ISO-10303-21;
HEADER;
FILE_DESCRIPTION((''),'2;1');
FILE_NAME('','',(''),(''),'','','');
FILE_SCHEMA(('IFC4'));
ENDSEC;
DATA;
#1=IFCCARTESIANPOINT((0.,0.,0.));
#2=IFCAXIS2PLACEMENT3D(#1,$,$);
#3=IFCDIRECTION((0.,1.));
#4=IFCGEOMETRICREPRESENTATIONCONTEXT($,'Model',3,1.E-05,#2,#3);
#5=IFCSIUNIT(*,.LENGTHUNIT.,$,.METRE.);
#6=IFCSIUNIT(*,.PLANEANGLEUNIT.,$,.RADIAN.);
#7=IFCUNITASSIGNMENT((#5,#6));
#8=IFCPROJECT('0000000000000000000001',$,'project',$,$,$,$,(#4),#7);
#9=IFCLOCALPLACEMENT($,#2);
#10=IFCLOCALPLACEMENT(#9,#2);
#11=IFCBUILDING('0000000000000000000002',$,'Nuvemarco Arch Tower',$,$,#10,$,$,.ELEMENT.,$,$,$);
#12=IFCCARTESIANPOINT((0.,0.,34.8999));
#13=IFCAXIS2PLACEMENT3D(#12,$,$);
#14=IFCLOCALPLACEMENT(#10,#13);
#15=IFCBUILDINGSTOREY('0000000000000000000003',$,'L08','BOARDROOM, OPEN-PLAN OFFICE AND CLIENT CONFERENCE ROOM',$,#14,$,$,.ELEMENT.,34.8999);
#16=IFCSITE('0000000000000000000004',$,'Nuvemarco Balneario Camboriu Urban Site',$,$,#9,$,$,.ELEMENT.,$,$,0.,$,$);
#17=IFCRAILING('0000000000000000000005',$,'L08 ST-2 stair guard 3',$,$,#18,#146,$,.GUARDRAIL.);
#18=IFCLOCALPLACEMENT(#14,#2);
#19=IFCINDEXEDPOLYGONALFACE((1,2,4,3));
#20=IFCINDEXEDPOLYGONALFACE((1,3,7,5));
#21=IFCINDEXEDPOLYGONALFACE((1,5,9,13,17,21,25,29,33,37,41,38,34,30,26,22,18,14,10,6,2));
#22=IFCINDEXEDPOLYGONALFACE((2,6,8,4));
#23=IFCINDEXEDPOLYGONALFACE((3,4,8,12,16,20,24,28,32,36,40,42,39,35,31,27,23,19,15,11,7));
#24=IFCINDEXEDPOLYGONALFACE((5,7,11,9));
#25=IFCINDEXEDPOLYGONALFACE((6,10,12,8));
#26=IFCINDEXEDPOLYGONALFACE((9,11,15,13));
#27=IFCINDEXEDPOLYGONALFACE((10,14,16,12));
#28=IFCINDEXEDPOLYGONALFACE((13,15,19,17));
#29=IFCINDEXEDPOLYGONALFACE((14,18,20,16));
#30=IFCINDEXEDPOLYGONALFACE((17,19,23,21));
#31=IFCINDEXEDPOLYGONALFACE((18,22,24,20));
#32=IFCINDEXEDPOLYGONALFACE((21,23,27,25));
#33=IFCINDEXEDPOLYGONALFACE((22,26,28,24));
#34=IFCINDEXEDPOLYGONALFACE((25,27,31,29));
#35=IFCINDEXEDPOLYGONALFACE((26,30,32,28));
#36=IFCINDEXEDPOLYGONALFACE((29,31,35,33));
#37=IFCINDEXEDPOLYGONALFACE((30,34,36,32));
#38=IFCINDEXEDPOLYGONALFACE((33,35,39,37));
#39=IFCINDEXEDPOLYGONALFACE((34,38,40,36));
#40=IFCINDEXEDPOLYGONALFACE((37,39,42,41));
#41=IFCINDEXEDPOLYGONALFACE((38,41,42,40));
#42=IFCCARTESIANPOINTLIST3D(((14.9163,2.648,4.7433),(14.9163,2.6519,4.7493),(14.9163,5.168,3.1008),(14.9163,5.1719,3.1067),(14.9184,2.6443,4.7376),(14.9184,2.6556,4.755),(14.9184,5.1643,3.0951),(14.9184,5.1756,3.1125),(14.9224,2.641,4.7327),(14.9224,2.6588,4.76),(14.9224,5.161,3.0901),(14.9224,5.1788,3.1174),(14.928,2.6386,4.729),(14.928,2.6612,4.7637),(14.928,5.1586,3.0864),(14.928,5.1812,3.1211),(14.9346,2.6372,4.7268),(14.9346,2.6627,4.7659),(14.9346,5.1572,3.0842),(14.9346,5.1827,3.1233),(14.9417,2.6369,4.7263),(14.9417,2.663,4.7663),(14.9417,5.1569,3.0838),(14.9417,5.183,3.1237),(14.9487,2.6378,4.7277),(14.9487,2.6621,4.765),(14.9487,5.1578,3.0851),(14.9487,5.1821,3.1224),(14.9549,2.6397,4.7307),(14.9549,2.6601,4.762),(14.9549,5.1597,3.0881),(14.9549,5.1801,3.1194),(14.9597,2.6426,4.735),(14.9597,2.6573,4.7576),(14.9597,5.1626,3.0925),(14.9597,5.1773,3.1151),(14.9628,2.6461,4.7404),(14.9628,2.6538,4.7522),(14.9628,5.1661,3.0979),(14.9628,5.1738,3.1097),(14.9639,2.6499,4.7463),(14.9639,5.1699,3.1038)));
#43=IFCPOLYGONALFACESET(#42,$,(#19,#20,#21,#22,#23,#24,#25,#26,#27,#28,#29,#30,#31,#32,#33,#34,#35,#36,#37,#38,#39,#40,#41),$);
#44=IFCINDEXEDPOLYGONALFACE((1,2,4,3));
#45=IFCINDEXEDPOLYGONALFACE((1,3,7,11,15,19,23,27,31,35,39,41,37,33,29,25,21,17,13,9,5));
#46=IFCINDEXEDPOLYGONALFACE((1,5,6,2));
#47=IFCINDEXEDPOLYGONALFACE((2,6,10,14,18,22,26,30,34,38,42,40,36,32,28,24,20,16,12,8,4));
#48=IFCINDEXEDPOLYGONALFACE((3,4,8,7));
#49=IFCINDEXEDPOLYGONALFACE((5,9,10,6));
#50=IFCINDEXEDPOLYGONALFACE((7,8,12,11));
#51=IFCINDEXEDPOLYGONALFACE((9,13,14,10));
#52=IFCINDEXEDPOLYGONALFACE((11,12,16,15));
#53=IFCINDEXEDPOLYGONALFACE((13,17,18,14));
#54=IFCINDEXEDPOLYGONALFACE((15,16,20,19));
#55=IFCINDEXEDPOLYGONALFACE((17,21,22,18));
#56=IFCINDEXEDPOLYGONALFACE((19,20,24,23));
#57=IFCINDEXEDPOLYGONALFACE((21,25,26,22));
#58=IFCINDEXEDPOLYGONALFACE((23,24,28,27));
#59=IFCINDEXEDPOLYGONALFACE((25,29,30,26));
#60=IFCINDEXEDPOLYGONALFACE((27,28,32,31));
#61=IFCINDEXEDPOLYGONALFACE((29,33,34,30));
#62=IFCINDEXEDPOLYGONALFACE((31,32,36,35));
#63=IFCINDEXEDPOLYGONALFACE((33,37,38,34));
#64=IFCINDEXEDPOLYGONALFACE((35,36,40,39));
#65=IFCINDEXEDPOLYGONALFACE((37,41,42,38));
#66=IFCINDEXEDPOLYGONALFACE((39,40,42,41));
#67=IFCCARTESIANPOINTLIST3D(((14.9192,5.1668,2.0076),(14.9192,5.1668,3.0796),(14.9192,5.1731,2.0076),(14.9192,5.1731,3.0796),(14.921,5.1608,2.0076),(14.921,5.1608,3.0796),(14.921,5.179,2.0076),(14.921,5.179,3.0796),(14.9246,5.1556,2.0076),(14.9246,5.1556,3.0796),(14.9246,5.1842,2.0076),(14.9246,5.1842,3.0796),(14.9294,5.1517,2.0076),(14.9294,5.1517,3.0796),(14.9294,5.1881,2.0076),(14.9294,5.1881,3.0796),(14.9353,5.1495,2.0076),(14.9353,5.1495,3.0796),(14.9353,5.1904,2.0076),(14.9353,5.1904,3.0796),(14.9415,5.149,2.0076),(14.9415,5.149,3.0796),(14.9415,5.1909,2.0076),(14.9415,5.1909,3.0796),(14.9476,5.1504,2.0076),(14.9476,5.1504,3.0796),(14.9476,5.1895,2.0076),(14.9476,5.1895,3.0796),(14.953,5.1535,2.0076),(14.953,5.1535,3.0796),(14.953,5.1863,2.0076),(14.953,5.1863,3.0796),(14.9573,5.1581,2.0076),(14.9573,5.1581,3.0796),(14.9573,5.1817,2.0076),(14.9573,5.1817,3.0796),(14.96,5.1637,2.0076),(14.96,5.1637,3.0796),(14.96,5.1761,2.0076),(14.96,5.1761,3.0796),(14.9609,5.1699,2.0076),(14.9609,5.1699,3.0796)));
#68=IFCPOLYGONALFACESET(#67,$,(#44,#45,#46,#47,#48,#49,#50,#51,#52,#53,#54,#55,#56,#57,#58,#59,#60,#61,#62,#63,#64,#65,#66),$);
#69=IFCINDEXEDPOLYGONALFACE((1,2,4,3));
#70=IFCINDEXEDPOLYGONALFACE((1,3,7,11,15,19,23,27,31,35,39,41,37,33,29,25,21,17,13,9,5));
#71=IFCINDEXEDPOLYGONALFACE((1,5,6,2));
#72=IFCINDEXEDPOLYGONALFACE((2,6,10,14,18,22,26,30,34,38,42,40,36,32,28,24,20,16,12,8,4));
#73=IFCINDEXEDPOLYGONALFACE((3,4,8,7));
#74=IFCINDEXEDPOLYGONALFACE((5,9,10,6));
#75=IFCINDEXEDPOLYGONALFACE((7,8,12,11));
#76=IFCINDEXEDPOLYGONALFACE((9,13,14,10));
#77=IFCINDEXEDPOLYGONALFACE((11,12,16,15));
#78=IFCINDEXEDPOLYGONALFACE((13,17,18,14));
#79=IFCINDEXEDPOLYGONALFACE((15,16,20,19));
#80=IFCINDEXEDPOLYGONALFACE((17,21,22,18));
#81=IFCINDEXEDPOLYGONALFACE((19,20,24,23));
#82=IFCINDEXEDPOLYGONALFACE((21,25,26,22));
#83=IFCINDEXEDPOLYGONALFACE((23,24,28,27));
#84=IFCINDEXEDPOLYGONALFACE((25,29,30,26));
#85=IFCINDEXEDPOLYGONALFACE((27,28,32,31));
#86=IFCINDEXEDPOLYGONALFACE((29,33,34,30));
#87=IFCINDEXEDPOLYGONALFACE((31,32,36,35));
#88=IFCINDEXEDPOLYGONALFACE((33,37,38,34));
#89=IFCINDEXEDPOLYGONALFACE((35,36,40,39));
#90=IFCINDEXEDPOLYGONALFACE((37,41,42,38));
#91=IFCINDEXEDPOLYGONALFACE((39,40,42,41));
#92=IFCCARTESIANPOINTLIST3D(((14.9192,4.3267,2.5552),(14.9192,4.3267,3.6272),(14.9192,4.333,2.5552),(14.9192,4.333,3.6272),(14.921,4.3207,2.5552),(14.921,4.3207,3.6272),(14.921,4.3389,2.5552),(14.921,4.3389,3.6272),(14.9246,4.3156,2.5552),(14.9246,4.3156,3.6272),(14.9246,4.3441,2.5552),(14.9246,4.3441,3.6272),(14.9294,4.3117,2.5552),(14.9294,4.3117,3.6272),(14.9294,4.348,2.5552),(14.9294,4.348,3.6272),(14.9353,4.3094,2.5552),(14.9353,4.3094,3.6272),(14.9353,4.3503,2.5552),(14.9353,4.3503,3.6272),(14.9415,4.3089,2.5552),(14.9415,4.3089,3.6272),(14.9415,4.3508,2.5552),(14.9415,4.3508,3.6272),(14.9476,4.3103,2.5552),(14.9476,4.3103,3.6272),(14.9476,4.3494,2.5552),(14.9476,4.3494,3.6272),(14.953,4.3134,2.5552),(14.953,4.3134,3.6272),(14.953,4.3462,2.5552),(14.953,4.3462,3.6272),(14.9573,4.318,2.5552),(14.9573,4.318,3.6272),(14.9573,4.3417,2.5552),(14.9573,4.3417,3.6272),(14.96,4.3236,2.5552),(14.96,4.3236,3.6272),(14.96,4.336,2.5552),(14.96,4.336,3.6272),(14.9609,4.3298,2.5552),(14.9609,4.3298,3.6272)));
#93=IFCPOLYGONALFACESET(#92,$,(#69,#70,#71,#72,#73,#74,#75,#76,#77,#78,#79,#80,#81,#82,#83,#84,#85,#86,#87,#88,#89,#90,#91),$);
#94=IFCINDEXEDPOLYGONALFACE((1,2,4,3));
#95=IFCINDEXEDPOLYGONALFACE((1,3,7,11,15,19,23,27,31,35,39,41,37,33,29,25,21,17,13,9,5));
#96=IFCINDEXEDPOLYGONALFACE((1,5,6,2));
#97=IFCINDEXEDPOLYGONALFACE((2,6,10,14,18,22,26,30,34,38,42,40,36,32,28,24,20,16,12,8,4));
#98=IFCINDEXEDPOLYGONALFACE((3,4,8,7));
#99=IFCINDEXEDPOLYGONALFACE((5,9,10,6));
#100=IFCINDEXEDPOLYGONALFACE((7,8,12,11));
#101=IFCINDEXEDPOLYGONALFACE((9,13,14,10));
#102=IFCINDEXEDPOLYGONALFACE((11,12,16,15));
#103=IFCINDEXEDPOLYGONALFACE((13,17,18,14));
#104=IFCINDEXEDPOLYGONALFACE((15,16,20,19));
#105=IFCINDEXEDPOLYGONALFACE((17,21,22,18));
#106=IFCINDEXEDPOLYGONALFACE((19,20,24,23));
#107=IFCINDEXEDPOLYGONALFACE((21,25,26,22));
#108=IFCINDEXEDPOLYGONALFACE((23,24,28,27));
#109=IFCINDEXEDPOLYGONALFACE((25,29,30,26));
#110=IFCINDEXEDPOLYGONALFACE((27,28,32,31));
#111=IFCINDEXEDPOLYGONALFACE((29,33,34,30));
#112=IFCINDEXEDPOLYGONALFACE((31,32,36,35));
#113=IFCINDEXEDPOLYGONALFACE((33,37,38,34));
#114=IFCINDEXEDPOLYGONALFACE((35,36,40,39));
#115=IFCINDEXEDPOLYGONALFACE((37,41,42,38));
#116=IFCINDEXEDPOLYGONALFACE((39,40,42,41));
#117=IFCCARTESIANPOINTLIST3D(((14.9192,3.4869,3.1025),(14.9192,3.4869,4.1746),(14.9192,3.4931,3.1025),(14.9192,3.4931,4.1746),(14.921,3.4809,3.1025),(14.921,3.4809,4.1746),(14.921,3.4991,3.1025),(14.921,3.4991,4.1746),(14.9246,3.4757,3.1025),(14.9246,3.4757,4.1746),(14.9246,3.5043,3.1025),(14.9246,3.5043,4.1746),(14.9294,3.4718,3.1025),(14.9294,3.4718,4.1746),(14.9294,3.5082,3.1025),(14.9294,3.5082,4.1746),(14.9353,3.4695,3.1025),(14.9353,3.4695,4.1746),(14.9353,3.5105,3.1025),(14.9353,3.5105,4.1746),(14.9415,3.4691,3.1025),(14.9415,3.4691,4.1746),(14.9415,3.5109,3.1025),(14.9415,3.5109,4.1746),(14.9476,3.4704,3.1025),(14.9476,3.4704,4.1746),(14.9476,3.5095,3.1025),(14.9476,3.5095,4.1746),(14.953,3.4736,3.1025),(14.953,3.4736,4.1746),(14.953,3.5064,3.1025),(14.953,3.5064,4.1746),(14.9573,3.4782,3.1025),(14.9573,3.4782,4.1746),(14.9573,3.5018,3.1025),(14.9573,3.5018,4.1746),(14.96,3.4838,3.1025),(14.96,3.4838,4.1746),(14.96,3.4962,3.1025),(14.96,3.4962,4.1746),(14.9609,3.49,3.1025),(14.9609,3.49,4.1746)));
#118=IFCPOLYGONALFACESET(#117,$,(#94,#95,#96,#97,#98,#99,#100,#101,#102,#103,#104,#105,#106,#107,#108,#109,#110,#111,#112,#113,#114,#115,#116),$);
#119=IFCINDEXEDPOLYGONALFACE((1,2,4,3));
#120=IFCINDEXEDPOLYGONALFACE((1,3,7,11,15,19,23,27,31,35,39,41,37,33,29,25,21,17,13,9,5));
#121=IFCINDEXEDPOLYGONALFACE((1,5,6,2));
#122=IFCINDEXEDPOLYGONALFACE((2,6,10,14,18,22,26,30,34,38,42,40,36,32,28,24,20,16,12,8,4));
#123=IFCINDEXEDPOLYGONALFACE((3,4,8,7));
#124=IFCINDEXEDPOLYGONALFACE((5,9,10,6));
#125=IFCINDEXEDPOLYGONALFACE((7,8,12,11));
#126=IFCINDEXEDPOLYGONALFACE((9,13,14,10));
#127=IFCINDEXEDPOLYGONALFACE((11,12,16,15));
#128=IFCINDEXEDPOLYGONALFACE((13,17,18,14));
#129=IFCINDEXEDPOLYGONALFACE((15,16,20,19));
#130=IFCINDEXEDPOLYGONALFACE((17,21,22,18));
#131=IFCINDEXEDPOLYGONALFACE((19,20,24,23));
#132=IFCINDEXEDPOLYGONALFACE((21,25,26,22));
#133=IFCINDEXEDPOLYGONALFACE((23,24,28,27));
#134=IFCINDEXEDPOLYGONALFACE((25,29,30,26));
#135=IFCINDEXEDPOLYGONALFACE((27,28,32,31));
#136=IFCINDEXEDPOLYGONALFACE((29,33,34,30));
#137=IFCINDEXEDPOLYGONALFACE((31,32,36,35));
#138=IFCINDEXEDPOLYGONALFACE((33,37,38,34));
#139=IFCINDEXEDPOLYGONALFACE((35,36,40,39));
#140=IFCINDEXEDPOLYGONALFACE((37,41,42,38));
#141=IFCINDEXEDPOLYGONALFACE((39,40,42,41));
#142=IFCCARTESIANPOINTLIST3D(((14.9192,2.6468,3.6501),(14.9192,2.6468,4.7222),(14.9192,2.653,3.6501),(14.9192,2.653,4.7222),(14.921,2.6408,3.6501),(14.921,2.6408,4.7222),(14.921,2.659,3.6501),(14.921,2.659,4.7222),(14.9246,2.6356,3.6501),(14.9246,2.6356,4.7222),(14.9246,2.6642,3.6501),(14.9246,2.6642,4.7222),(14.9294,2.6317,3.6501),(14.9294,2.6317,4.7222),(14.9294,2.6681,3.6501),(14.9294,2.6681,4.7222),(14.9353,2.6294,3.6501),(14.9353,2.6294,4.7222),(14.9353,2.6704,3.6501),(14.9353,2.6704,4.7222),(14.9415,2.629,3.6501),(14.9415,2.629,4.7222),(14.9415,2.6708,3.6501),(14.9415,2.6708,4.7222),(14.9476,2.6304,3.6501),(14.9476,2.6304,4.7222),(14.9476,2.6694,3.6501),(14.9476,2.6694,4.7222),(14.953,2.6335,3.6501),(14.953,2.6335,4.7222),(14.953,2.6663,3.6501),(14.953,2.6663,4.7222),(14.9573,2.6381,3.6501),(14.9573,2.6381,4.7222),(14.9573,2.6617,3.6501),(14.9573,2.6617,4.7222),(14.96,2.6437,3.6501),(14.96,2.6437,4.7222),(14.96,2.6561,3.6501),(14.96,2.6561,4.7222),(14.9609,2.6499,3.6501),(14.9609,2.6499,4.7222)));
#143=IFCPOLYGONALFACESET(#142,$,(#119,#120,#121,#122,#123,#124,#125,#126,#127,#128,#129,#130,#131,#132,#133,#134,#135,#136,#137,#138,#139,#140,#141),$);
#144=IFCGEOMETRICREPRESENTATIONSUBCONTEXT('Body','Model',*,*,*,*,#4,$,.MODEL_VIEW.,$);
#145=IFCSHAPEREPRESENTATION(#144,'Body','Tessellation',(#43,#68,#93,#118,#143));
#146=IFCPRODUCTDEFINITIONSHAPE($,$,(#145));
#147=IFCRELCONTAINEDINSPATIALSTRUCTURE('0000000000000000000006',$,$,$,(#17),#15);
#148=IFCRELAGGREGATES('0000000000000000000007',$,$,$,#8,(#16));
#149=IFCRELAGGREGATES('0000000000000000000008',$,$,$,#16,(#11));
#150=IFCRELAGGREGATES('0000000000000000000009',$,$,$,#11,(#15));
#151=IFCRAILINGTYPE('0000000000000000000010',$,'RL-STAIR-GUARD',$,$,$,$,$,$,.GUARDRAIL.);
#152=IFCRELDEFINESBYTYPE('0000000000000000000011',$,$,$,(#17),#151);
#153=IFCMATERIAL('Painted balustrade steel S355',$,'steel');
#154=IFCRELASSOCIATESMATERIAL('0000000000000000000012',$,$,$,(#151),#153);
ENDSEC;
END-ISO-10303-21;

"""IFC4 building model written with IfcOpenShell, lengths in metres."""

from ifc_helpers import new_model, si_unit, direction, frame, origin, origin_2d, place, context, subcontext, project, spatial, circle, extrude, material, type_object, element, save


model = new_model("IFC4")

# Units and contexts
model_context = context("Model", 3, precision=1e-05, world=origin(), true_north=direction((0.0, 1.0)))
body_context = subcontext(model_context, "Body", "Model", "MODEL_VIEW")
ifc_project = project(units=[si_unit("LENGTHUNIT", "METRE"), si_unit("PLANEANGLEUNIT", "RADIAN")], contexts=[model_context])

# Site, building, storey
site_placement = place(None, origin())
site = spatial("IfcSite", under=ifc_project, at=site_placement, Name="Nuvemarco Balneario Camboriu Urban Site", CompositionType="ELEMENT", RefElevation=0.0)
building_placement = place(site_placement, origin())
building = spatial("IfcBuilding", under=site, at=building_placement, Name="Nuvemarco Arch Tower", CompositionType="ELEMENT")
storey_placement = place(building_placement, frame((0.0, 0.0, 34.8999)))
storey = spatial("IfcBuildingStorey", under=building, at=storey_placement, Name="L08", Description="BOARDROOM, OPEN-PLAN OFFICE AND CLIENT CONFERENCE ROOM", CompositionType="ELEMENT", Elevation=34.8999)

# Railing
ifc_material_1 = material(Name="Painted balustrade steel S355", Category="steel")
railing_type_1 = type_object("IfcRailingType", Name="RL-STAIR-GUARD", PredefinedType="GUARDRAIL", material=ifc_material_1)
railing_1_placement = place(storey_placement, frame((14.9399, 5.1699, 2.0076)))
element("IfcRailing", 1, at=railing_1_placement, inside=storey, type_object=railing_type_1, Name="L08 ST-2 stair guard 3", PredefinedType="GUARDRAIL", context=body_context, shape_type="SweptSolid", body=[
    extrude(circle(Radius=0.0239, at=origin_2d()), frame((0.0, 0.0, 1.0962), z_axis=(0.0, -0.837749, 0.546055), x_axis=(1.0, 0.0, 0.0)), (0.0, 0.0, 1.0), 3.0081),
    extrude(circle(Radius=0.021, at=origin_2d()), origin(), (0.0, 0.0, 1.0), 1.072),
    extrude(circle(Radius=0.021, at=origin_2d()), frame((0.0, -0.8401, 0.5476)), (0.0, 0.0, 1.0), 1.072),
    extrude(circle(Radius=0.021, at=origin_2d()), frame((0.0, -1.6799, 1.095)), (0.0, 0.0, 1.0), 1.072),
    extrude(circle(Radius=0.021, at=origin_2d()), frame((0.0, -2.52, 1.6426)), (0.0, 0.0, 1.0), 1.072),
])

save(model, "model.ifc")
